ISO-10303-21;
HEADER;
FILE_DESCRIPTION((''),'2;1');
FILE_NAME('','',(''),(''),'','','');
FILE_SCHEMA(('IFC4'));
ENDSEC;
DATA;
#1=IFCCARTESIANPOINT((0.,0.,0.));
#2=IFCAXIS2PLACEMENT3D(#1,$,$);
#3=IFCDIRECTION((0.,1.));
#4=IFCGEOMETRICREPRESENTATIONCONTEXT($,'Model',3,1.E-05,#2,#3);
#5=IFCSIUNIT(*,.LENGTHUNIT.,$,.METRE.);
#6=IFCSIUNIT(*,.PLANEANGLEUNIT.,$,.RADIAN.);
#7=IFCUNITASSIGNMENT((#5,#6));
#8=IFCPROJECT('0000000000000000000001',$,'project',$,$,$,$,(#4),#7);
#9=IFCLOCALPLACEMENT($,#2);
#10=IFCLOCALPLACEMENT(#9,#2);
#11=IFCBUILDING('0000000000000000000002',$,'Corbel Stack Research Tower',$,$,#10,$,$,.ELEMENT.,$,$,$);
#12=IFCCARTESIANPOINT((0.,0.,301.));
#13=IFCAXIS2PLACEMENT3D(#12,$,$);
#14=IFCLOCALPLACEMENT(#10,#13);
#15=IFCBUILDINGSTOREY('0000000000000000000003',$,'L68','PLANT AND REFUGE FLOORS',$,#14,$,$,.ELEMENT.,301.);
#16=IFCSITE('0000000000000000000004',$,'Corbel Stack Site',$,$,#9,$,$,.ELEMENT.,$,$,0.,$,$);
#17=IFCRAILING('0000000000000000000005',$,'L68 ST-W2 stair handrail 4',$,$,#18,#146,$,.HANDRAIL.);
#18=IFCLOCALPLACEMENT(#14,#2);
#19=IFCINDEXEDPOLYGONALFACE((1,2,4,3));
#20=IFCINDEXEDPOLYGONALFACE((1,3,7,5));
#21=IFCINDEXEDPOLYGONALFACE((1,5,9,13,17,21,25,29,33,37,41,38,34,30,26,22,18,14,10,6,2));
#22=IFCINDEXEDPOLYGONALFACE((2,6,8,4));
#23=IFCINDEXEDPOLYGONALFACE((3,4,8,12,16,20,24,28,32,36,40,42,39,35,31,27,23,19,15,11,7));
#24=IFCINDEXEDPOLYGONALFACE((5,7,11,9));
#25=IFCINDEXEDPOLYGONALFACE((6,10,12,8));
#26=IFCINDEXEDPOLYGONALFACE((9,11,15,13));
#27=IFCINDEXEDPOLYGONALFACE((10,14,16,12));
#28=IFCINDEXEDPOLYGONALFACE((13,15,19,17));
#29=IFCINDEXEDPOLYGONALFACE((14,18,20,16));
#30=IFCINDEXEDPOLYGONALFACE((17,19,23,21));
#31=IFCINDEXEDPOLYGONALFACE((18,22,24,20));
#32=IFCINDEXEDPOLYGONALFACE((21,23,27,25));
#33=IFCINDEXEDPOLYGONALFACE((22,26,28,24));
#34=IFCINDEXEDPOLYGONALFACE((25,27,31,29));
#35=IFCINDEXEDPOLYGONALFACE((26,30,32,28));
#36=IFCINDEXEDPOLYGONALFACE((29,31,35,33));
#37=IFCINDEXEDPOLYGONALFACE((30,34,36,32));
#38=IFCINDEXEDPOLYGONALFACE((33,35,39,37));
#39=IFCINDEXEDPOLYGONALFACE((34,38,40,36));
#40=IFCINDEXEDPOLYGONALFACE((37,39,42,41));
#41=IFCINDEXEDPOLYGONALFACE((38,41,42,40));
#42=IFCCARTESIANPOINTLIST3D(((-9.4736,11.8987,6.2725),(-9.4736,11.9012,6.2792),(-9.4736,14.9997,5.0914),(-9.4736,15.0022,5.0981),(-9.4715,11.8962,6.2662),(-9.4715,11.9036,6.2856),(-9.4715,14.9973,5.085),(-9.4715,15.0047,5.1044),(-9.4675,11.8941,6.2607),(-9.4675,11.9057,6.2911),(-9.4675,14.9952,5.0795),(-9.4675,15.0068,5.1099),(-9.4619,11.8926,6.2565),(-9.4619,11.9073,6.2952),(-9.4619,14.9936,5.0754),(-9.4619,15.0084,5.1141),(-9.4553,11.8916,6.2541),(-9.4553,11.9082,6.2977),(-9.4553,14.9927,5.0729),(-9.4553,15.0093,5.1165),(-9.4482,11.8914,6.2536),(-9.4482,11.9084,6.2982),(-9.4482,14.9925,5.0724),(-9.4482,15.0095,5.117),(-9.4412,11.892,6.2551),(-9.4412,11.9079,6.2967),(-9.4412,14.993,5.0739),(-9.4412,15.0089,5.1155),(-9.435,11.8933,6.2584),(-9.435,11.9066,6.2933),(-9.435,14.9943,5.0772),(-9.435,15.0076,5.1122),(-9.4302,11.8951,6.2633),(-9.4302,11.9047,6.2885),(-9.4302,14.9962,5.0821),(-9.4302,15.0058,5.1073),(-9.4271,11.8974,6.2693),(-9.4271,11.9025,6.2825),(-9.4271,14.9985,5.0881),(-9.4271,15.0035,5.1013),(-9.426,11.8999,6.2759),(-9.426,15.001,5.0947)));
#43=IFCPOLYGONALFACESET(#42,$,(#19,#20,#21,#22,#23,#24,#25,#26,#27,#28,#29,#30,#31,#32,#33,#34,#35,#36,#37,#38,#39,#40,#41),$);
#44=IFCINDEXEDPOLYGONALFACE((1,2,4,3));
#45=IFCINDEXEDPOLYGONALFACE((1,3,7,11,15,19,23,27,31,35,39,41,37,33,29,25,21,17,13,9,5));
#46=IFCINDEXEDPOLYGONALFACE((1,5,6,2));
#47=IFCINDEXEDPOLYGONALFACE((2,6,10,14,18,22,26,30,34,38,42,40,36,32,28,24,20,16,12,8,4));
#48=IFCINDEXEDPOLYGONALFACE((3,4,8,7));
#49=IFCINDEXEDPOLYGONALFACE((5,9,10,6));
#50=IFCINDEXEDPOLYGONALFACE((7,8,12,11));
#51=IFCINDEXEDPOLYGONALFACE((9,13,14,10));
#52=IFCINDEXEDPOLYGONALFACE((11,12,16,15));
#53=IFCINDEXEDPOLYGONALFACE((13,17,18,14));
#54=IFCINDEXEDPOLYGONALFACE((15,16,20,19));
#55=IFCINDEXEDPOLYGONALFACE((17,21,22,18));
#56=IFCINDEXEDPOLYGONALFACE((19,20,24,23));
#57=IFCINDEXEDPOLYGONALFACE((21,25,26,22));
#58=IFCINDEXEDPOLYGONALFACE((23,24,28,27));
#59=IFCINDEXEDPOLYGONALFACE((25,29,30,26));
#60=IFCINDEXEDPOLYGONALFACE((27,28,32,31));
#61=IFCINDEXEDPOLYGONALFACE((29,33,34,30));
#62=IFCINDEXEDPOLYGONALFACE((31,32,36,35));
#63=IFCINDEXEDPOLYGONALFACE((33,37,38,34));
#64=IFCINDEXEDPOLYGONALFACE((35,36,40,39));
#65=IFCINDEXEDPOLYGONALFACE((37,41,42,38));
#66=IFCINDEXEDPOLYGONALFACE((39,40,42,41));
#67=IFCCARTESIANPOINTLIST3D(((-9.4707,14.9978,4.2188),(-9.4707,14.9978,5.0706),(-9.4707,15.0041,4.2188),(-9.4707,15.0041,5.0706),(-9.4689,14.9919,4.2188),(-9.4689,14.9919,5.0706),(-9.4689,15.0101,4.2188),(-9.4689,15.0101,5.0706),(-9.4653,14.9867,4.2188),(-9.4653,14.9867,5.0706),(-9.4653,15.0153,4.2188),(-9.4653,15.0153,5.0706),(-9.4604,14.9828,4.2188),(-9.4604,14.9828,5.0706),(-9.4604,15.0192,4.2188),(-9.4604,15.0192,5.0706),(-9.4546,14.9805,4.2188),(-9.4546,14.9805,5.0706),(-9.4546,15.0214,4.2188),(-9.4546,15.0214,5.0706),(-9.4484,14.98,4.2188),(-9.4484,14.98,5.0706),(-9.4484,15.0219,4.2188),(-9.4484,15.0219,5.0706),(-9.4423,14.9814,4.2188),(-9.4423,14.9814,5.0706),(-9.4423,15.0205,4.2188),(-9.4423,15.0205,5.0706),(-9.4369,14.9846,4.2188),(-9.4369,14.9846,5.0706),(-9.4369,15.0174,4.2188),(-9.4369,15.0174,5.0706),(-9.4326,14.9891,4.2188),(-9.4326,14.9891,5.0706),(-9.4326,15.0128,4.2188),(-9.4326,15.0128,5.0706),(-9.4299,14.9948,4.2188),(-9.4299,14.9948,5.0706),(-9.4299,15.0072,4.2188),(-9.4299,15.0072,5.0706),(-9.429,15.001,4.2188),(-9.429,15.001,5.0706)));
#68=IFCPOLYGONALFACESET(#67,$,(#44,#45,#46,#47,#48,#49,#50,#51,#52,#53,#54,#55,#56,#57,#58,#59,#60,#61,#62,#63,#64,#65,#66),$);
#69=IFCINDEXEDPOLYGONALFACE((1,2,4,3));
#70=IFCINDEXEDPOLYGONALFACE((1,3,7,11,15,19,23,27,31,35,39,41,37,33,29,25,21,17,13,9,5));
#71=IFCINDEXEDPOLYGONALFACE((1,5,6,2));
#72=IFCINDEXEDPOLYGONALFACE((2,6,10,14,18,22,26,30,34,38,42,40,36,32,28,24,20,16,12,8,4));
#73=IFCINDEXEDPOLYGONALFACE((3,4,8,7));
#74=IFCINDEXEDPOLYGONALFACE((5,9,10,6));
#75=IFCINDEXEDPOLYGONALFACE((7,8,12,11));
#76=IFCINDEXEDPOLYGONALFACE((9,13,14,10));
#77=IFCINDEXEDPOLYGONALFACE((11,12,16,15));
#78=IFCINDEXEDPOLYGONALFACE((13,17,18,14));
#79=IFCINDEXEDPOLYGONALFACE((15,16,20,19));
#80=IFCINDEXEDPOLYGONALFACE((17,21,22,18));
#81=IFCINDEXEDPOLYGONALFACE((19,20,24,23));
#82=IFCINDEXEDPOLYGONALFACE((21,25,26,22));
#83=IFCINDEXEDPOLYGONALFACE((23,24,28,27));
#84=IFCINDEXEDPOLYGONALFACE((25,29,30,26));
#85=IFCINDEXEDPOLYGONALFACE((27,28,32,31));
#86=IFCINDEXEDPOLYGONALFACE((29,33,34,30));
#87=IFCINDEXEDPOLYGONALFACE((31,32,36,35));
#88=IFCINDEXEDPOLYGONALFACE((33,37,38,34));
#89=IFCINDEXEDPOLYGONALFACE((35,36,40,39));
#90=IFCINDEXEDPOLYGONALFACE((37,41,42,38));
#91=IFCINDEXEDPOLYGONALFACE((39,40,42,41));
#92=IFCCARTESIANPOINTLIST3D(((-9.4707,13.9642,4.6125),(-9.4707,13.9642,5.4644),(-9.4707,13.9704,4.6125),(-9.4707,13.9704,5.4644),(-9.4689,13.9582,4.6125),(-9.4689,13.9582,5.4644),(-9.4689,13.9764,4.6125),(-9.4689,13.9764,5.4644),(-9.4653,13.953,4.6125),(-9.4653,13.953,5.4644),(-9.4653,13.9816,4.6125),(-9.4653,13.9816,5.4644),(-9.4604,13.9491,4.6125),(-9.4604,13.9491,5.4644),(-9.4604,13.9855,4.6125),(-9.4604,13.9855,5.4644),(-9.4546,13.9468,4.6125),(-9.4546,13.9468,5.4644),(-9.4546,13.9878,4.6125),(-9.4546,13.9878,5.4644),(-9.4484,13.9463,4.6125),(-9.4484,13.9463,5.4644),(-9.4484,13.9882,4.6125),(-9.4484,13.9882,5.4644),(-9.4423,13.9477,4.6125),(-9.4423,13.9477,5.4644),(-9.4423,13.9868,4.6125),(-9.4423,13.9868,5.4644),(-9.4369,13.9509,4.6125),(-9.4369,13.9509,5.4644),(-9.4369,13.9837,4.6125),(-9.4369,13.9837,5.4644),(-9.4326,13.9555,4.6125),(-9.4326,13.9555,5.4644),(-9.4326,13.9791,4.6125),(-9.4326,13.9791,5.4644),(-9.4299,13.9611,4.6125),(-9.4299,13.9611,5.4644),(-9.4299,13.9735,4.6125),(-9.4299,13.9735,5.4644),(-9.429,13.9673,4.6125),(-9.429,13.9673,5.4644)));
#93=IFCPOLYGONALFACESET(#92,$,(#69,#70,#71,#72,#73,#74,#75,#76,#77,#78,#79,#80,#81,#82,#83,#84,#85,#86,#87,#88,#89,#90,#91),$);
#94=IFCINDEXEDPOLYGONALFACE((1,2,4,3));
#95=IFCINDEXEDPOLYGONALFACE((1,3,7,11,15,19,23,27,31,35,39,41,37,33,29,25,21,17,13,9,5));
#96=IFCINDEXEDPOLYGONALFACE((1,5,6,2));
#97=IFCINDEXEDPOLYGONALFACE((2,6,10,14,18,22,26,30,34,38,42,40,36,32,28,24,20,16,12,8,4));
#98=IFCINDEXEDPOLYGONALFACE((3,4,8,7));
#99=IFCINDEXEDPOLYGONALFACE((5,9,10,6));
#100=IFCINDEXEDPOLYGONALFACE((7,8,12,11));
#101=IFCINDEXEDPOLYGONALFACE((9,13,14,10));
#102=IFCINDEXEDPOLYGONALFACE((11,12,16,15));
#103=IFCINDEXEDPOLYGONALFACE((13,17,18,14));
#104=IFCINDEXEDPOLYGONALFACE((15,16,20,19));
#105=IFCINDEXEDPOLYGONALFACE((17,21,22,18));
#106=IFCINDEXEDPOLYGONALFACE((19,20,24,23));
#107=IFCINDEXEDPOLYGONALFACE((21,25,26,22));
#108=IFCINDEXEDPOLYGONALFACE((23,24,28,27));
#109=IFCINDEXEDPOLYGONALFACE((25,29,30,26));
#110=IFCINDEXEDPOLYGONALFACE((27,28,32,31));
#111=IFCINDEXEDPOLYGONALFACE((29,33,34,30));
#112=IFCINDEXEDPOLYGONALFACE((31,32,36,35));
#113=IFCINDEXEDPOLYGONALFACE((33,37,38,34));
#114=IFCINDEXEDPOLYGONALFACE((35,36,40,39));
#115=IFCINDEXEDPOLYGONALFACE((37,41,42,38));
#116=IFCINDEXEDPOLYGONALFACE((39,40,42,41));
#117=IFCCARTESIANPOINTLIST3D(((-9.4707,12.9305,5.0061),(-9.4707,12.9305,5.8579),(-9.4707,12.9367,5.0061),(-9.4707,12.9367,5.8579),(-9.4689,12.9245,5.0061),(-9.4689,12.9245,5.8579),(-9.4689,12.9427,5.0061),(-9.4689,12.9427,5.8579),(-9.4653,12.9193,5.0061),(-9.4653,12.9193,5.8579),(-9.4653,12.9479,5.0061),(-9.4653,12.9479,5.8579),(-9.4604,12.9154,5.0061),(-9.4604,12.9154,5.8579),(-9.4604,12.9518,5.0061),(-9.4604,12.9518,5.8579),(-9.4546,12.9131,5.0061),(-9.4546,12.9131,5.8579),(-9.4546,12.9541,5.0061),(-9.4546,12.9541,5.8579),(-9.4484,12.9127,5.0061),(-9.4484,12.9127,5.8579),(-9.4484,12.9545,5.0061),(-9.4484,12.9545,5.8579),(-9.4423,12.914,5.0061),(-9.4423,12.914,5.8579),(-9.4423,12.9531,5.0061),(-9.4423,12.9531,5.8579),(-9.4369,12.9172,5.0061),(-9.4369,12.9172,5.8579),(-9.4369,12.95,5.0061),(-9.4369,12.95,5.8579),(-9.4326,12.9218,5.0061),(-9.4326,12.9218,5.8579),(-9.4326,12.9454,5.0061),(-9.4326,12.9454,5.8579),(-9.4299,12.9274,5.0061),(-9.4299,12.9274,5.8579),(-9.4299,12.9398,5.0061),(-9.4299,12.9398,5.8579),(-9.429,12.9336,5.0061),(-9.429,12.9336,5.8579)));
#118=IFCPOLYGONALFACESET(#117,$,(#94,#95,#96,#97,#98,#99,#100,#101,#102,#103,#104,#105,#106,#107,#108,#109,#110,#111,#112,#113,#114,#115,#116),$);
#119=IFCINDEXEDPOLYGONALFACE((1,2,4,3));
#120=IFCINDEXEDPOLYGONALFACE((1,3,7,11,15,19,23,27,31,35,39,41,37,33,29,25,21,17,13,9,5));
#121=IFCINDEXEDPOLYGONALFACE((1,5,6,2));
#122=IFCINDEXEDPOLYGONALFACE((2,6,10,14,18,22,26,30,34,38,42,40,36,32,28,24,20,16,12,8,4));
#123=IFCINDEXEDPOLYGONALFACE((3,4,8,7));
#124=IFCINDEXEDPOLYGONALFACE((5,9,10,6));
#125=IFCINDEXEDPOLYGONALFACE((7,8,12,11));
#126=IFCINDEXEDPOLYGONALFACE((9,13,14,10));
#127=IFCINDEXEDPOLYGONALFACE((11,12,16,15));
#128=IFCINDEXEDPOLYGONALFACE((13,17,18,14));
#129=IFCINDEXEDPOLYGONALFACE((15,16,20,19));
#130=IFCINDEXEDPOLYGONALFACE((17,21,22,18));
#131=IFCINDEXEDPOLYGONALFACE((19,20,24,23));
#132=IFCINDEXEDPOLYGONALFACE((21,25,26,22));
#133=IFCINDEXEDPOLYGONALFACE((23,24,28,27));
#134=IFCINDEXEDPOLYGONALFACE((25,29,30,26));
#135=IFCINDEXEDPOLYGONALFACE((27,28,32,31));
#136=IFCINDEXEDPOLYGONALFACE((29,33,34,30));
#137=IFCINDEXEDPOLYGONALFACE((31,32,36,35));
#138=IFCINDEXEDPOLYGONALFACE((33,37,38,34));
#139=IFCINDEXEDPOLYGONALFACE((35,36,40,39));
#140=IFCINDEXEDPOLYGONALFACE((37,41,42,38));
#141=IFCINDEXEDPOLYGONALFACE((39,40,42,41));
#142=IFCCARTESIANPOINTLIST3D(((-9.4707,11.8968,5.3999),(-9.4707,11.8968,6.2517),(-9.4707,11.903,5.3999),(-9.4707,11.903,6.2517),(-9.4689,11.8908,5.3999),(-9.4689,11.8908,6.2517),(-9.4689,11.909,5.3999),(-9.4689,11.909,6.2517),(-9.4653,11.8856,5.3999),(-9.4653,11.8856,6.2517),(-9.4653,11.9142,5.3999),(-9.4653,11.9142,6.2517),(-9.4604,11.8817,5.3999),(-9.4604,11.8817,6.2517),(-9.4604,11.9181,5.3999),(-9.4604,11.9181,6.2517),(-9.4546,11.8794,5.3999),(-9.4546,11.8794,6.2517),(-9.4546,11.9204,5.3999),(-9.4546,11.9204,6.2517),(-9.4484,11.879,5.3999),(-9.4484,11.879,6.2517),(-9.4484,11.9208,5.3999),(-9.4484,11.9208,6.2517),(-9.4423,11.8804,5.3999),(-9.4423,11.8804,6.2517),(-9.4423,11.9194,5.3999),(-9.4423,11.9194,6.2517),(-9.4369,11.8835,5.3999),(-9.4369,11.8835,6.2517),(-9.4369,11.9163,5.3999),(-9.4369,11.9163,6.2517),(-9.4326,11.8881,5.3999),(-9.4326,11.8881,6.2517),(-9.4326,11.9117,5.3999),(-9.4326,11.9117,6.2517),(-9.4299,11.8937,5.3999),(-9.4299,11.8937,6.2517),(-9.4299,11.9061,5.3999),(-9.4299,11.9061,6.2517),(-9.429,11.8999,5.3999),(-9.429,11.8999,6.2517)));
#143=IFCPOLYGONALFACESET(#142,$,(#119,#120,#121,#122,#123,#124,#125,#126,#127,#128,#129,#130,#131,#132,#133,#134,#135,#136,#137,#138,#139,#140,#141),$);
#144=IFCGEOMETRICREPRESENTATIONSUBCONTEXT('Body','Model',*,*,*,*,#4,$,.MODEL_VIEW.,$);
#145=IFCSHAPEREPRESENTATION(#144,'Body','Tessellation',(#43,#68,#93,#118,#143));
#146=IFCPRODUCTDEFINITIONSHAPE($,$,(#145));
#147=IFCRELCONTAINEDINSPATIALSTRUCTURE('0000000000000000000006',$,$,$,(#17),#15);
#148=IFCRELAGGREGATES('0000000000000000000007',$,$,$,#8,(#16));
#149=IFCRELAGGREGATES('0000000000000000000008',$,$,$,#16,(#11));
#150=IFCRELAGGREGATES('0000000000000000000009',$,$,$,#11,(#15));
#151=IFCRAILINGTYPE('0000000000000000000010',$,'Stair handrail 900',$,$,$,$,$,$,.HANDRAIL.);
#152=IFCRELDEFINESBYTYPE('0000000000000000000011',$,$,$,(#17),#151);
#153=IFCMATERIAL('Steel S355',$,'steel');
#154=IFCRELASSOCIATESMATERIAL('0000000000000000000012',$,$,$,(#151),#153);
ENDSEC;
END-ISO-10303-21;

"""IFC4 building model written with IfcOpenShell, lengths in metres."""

from ifc_helpers import new_model, si_unit, direction, frame, origin, origin_2d, place, context, subcontext, project, spatial, circle, extrude, material, type_object, element, save


model = new_model("IFC4")

# Units and contexts
model_context = context("Model", 3, precision=1e-05, world=origin(), true_north=direction((0.0, 1.0)))
body_context = subcontext(model_context, "Body", "Model", "MODEL_VIEW")
ifc_project = project(units=[si_unit("LENGTHUNIT", "METRE"), si_unit("PLANEANGLEUNIT", "RADIAN")], contexts=[model_context])

# Site, building, storey
site_placement = place(None, origin())
site = spatial("IfcSite", under=ifc_project, at=site_placement, Name="Corbel Stack Site", CompositionType="ELEMENT", RefElevation=0.0)
building_placement = place(site_placement, origin())
building = spatial("IfcBuilding", under=site, at=building_placement, Name="Corbel Stack Research Tower", CompositionType="ELEMENT")
storey_placement = place(building_placement, frame((0.0, 0.0, 301.0)))
storey = spatial("IfcBuildingStorey", under=building, at=storey_placement, Name="L68", Description="PLANT AND REFUGE FLOORS", CompositionType="ELEMENT", Elevation=301.0)

# Railing
ifc_material_1 = material(Name="Steel S355", Category="steel")
railing_type_1 = type_object("IfcRailingType", Name="Stair handrail 900", PredefinedType="HANDRAIL", material=ifc_material_1)
railing_1_placement = place(storey_placement, frame((-9.45, 15.001, 4.2188)))
element("IfcRailing", 1, at=railing_1_placement, inside=storey, type_object=railing_type_1, Name="L68 ST-W2 stair handrail 4", PredefinedType="HANDRAIL", context=body_context, shape_type="SweptSolid", body=[
    extrude(circle(Radius=0.0239, at=origin_2d()), frame((0.0, 0.0, 0.876), z_axis=(0.0, -0.934509, 0.35594), x_axis=(1.0, 0.0, 0.0)), (0.0, 0.0, 1.0), 3.3184),
    extrude(circle(Radius=0.021, at=origin_2d()), origin(), (0.0, 0.0, 1.0), 0.8518),
    extrude(circle(Radius=0.021, at=origin_2d()), frame((0.0, -1.0337, 0.3938)), (0.0, 0.0, 1.0), 0.8518),
    extrude(circle(Radius=0.021, at=origin_2d()), frame((0.0, -2.0674, 0.7874)), (0.0, 0.0, 1.0), 0.8518),
    extrude(circle(Radius=0.021, at=origin_2d()), frame((0.0, -3.1011, 1.1812)), (0.0, 0.0, 1.0), 0.8518),
])

save(model, "model.ifc")
